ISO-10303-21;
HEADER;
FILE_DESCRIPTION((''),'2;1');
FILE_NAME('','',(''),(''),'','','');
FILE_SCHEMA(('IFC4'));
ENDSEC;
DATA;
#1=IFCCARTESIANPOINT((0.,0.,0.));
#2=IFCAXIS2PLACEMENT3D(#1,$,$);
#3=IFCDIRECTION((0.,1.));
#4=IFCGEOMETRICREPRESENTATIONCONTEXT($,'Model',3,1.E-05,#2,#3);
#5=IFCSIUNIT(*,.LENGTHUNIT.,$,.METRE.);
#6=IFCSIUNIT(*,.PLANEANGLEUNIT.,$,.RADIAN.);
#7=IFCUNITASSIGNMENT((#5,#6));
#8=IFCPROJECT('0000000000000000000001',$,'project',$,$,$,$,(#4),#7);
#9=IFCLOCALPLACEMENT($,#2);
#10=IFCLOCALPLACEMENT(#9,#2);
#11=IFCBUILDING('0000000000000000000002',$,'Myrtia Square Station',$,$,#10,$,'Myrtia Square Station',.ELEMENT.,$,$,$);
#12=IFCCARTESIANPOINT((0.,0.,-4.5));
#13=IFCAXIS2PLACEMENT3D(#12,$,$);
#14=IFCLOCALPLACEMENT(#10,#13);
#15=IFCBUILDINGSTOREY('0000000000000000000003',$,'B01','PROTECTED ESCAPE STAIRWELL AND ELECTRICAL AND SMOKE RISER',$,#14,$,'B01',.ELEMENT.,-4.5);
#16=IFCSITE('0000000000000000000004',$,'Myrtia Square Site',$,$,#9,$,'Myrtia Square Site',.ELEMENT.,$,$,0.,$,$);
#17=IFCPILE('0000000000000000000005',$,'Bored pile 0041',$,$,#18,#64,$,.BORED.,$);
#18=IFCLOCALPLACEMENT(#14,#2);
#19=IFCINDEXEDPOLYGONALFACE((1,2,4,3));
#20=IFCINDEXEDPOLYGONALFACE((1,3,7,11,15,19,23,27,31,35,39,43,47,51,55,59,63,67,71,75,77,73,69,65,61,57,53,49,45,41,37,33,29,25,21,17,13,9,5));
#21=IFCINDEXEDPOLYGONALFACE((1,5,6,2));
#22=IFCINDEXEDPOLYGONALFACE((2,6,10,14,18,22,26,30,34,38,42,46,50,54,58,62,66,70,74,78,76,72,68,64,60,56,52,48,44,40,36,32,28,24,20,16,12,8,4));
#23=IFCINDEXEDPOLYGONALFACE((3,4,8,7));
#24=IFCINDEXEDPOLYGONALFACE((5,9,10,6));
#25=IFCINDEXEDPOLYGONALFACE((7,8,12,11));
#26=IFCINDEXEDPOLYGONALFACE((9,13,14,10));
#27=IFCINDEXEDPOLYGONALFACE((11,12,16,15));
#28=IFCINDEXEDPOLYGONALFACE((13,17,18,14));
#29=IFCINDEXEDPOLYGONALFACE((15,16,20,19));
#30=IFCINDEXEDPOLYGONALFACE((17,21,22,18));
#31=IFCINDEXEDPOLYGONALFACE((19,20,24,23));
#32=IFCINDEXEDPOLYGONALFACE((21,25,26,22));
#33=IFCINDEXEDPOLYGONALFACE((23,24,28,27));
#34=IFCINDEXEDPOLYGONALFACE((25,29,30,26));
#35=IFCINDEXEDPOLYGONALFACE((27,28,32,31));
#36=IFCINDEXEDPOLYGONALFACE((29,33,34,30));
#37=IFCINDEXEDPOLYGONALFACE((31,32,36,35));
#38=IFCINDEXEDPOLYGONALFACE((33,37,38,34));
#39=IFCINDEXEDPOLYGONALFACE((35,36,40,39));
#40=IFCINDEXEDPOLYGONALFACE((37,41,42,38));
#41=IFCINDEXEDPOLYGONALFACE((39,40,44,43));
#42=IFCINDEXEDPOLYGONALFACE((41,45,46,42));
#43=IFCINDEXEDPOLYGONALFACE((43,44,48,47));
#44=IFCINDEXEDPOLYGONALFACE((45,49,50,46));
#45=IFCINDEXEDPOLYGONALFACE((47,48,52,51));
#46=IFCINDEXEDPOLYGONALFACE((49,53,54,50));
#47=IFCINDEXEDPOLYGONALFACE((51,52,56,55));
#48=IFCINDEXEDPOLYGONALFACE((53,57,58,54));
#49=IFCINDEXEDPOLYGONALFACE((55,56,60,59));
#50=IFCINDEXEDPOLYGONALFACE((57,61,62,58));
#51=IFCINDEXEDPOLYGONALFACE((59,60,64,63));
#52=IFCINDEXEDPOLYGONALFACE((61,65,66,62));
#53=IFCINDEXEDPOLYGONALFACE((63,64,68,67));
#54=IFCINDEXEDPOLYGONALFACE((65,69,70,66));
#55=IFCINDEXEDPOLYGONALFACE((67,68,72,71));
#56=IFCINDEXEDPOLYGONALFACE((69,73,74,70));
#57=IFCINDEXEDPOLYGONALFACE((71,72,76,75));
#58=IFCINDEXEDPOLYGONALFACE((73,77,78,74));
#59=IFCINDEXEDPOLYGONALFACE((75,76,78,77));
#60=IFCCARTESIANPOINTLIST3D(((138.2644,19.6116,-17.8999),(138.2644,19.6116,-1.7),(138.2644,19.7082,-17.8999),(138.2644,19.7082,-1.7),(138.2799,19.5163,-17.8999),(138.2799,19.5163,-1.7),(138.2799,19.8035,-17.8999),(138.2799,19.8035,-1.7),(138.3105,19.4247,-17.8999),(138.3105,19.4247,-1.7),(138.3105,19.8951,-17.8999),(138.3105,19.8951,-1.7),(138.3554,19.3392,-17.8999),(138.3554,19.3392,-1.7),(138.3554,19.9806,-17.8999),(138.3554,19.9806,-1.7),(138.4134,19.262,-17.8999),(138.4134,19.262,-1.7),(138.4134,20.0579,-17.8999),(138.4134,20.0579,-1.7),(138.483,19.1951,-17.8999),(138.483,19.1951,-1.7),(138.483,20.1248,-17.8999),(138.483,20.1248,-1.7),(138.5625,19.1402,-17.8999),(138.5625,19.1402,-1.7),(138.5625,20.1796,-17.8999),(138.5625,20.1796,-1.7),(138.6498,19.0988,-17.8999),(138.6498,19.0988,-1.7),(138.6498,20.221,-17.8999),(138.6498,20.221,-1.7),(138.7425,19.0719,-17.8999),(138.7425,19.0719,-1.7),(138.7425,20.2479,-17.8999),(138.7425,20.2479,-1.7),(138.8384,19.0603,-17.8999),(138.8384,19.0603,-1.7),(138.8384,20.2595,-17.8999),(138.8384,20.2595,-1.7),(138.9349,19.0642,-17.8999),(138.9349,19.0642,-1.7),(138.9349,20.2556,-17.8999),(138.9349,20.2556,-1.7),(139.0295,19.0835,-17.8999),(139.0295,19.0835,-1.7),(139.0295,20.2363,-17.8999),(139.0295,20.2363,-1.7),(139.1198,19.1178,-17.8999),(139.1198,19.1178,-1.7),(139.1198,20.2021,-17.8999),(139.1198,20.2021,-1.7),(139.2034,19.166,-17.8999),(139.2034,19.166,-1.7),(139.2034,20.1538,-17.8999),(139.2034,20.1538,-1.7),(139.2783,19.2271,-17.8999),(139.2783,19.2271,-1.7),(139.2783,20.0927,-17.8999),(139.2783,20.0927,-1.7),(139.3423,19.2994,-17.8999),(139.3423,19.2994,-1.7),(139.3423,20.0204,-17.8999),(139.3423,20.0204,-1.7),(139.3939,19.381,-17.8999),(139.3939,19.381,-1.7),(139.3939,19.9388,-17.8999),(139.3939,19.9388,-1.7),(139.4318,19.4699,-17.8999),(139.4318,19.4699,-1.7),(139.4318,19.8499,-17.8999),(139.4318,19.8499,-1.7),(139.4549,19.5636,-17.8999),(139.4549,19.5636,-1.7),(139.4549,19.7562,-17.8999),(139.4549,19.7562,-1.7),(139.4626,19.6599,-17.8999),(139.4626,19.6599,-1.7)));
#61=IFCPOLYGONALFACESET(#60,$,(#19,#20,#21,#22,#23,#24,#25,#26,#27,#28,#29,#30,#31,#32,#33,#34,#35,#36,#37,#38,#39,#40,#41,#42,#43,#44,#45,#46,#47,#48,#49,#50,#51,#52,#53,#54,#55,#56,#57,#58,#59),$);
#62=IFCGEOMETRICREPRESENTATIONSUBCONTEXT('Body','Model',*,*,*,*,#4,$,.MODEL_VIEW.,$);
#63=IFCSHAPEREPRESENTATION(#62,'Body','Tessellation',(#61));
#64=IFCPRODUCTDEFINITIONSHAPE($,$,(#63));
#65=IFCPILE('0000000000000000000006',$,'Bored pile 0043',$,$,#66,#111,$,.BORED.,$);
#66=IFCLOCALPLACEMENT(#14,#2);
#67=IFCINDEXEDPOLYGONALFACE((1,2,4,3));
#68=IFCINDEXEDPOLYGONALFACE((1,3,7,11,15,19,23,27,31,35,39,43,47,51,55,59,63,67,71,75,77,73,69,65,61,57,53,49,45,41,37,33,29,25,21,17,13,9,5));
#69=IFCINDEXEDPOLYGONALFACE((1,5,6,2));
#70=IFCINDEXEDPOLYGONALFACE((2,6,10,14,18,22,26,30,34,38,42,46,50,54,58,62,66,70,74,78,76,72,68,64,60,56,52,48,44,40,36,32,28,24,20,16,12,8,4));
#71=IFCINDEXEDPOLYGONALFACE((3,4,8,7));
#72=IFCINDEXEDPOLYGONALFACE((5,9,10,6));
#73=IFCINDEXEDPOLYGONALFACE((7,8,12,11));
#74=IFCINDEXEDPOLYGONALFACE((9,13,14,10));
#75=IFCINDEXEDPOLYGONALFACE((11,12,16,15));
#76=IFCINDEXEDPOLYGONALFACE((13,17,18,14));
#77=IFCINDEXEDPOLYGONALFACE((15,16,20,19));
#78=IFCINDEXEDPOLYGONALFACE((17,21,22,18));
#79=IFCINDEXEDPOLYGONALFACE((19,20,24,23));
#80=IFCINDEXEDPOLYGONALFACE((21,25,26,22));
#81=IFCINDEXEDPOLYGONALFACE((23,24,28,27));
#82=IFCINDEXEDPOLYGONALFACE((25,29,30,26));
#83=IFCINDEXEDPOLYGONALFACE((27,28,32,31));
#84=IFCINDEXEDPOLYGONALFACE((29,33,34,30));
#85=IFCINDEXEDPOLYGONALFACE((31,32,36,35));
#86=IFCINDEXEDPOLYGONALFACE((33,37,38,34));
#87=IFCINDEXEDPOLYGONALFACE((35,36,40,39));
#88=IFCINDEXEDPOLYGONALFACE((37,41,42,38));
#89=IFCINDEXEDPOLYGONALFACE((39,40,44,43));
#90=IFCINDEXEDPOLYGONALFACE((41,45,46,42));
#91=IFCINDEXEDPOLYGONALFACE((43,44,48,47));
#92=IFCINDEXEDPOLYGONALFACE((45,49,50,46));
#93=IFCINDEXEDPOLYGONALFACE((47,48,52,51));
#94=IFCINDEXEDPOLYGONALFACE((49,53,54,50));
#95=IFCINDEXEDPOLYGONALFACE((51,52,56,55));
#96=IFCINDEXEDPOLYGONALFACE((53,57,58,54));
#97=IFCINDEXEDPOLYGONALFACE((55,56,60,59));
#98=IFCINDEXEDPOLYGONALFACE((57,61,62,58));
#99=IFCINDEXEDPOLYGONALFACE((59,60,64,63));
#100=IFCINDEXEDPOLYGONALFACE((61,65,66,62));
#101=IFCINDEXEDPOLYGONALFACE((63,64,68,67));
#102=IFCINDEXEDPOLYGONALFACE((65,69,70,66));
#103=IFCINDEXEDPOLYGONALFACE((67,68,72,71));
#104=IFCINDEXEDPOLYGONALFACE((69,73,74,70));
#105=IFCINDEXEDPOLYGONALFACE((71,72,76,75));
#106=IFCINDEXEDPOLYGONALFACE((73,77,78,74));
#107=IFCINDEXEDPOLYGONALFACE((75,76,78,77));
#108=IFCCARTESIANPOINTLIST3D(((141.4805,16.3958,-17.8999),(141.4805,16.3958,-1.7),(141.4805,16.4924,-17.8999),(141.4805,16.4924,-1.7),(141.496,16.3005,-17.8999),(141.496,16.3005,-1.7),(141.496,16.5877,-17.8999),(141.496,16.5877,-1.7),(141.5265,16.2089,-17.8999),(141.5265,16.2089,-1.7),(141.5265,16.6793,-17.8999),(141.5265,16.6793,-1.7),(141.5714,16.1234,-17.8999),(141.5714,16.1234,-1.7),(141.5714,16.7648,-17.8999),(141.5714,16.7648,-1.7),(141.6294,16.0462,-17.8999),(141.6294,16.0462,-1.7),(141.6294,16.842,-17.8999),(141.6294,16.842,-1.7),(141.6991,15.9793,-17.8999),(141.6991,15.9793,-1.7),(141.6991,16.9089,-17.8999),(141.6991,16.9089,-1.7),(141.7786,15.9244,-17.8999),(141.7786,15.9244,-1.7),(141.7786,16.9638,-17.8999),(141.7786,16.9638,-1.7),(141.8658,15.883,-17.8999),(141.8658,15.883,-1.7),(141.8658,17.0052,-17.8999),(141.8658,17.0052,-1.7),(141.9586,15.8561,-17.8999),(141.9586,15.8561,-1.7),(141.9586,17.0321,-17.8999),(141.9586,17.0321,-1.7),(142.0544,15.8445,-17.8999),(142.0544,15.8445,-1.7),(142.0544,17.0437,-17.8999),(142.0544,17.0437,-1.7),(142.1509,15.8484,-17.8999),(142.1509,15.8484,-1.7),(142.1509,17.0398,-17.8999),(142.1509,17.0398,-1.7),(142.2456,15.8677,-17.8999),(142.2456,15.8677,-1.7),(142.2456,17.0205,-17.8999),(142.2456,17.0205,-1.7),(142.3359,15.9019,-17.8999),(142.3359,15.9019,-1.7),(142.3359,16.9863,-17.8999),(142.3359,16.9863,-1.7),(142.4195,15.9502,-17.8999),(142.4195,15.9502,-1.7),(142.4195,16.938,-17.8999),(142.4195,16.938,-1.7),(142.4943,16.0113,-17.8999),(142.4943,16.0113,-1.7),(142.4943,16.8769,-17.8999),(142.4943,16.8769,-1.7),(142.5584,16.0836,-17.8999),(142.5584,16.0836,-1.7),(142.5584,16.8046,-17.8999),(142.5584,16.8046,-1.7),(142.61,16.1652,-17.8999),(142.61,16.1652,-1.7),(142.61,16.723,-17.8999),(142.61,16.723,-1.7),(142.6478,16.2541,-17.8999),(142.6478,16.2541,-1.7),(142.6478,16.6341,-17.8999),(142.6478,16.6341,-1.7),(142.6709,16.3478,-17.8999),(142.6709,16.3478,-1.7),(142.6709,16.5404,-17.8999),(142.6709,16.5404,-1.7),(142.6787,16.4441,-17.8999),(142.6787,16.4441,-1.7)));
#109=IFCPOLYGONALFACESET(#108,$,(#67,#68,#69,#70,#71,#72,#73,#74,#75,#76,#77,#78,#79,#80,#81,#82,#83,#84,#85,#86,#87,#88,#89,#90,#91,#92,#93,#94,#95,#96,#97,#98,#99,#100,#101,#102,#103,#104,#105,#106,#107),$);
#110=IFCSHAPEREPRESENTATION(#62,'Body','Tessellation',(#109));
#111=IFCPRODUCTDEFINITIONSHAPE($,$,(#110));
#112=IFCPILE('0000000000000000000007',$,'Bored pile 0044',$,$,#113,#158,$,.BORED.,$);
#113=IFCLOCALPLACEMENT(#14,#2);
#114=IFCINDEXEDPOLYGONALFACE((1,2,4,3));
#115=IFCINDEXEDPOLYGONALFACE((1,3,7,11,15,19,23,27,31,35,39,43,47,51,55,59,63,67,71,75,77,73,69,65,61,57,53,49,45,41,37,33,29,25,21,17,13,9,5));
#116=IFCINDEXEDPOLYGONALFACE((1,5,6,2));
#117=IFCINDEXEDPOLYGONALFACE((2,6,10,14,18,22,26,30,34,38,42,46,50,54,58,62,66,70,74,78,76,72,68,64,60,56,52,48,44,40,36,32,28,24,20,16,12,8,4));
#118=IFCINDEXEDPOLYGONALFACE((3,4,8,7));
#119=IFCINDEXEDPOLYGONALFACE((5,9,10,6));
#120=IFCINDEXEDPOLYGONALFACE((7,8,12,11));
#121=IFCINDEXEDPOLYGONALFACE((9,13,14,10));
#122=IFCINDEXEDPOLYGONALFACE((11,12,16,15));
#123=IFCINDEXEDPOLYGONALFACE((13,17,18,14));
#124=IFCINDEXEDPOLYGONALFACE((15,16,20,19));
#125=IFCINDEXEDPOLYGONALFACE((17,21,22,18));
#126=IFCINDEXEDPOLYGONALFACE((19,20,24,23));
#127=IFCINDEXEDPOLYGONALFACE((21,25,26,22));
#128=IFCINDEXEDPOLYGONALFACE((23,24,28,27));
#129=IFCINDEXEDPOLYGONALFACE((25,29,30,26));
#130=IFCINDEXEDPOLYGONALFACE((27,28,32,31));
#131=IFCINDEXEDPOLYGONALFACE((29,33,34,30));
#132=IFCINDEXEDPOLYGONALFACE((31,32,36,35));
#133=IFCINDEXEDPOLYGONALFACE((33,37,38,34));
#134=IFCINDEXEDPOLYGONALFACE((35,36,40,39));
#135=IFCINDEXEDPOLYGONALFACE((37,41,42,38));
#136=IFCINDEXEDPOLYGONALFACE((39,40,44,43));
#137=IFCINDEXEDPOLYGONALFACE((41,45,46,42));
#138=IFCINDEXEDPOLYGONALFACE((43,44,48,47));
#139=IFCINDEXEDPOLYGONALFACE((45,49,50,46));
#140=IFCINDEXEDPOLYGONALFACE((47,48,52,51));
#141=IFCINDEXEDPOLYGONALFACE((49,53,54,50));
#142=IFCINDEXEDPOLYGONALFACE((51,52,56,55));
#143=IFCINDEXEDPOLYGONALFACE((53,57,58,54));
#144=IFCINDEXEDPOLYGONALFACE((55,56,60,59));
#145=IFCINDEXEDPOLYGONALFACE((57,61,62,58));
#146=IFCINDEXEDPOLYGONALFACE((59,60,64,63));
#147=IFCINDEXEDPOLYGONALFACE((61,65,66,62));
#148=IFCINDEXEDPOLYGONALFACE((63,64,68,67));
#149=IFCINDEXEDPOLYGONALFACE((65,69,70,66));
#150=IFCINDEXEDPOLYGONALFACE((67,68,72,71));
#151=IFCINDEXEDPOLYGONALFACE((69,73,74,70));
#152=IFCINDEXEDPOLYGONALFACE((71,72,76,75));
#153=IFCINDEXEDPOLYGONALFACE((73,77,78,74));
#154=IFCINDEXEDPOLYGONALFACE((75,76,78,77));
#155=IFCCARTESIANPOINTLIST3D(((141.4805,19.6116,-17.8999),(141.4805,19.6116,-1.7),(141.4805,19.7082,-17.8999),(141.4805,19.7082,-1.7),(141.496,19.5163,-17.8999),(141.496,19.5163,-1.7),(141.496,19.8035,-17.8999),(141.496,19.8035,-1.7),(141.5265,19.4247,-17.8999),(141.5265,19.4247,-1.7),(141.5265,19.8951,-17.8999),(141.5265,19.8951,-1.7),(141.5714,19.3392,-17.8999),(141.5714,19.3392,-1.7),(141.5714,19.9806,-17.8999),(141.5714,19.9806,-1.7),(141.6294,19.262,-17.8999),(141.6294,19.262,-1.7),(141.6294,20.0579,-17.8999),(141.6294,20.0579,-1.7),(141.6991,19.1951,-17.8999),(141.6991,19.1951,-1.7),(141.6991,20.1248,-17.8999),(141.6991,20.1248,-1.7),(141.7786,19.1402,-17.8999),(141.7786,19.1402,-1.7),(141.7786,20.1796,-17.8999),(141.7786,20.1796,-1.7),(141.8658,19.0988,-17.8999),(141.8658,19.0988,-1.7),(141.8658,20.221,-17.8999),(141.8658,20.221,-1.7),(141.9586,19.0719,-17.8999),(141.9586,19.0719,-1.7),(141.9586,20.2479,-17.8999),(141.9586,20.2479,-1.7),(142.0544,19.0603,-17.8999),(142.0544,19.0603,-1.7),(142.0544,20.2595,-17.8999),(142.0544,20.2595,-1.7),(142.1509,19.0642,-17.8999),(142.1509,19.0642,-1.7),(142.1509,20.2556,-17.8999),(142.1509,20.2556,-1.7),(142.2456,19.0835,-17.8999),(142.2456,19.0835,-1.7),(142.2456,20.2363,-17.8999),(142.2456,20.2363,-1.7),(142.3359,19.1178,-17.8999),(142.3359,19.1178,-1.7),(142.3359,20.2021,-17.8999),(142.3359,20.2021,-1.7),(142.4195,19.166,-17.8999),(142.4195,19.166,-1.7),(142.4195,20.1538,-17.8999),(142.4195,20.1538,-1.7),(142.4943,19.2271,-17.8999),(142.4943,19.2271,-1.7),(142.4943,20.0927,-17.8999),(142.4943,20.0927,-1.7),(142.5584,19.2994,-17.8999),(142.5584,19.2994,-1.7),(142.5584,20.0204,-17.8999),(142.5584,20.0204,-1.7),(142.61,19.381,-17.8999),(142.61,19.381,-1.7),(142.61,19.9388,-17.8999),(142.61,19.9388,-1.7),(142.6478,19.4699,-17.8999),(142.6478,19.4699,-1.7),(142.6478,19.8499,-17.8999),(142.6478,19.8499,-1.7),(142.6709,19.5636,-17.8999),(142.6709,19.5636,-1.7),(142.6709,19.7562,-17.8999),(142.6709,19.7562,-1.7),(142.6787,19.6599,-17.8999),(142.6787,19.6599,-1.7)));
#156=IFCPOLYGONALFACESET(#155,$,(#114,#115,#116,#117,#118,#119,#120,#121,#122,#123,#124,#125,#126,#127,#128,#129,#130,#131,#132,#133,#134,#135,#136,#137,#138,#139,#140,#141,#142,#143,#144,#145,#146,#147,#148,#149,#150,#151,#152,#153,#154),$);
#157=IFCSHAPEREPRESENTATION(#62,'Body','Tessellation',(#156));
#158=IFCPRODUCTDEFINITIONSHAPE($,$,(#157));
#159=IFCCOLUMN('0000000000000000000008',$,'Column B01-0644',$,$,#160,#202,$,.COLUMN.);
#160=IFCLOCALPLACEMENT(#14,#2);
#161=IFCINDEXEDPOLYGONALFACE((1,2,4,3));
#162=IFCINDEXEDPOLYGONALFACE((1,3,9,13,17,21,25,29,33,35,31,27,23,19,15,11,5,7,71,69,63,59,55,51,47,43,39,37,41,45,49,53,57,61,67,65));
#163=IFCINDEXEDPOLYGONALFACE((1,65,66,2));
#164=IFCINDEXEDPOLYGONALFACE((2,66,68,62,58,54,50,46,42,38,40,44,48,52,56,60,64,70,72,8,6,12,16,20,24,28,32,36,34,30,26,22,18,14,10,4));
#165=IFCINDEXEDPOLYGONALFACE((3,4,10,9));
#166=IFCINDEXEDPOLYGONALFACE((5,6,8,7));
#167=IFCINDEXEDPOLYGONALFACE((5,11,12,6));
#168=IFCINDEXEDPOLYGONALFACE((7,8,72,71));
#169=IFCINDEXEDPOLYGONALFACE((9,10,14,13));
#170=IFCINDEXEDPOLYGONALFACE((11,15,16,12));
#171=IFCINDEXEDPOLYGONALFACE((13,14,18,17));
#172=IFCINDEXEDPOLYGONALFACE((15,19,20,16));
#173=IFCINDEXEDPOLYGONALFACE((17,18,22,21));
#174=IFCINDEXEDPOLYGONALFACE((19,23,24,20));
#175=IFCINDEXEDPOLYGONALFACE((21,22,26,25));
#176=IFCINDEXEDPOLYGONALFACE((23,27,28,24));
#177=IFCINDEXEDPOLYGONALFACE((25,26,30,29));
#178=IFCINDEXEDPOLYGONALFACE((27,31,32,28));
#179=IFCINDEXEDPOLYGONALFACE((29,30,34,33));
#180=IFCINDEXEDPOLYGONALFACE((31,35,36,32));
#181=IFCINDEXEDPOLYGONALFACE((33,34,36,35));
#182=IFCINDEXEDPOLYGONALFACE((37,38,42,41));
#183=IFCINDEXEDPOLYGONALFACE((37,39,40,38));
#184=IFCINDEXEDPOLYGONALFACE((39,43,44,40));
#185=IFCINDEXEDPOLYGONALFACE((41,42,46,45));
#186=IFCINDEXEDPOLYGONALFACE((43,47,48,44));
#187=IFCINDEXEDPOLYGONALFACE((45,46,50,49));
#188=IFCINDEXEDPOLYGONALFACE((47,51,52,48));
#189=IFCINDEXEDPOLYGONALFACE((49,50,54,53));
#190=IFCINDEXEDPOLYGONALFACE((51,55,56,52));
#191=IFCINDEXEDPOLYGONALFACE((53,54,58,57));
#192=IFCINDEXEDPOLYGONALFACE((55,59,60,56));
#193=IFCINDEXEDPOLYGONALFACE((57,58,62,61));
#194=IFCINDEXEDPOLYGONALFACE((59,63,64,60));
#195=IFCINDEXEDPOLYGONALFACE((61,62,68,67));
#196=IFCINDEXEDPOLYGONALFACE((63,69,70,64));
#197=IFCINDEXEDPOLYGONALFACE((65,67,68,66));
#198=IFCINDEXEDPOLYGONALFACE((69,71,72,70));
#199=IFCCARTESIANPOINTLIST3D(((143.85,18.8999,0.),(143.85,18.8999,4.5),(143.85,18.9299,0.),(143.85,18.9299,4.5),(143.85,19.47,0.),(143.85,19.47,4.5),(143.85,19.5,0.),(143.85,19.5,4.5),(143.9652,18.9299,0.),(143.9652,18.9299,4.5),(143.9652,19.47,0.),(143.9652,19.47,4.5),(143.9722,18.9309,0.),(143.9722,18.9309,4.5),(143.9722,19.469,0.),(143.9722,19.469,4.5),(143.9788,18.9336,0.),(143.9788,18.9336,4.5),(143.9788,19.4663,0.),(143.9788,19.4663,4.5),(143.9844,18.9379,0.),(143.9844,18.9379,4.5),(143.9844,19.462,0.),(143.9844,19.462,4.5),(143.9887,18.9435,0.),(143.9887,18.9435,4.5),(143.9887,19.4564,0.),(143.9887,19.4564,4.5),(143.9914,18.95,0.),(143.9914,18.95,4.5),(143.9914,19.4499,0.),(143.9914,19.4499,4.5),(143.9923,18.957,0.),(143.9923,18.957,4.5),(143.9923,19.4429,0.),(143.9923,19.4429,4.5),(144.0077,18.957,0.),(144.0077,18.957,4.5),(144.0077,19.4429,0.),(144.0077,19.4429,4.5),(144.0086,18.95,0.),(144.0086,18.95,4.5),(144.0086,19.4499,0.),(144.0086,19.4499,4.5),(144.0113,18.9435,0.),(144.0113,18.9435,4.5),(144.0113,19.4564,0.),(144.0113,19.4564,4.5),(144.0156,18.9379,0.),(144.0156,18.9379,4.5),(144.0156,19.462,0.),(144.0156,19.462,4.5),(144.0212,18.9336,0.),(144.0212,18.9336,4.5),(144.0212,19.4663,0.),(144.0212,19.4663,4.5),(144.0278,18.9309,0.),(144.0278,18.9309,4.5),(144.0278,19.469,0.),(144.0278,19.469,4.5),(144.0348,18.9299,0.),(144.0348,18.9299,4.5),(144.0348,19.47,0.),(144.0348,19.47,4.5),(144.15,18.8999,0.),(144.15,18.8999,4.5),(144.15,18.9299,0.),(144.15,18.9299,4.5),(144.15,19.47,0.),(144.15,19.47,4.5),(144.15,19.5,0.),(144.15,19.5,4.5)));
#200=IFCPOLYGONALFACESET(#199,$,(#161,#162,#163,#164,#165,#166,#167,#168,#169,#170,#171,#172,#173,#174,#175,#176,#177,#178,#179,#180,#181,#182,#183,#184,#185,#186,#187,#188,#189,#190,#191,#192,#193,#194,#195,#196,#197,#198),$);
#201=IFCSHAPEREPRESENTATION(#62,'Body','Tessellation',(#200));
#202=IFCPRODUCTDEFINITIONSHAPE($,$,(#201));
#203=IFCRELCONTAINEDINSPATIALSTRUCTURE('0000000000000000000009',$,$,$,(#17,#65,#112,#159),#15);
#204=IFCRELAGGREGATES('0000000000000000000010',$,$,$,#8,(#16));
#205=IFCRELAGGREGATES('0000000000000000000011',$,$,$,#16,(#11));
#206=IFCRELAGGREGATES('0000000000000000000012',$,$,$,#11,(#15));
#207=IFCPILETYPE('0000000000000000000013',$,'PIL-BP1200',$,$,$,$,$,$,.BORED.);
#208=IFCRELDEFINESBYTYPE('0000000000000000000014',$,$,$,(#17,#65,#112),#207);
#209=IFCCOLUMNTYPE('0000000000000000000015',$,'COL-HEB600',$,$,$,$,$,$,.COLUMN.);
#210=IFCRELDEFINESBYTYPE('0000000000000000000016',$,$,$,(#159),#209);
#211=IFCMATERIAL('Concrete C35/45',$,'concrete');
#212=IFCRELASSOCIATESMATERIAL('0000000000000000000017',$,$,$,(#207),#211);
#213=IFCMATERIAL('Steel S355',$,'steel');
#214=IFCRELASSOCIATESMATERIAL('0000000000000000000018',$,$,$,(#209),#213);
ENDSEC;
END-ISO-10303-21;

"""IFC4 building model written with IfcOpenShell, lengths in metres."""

from ifc_helpers import new_model, si_unit, direction, frame, origin, origin_2d, place, context, subcontext, project, spatial, circle, i_section, extrude, material, material_profile, profile_set, type_object, element, save


model = new_model("IFC4")

# Units and contexts
model_context = context("Model", 3, precision=1e-05, world=origin(), true_north=direction((0.0, 1.0)))
body_context = subcontext(model_context, "Body", "Model", "MODEL_VIEW")
ifc_project = project(units=[si_unit("LENGTHUNIT", "METRE"), si_unit("PLANEANGLEUNIT", "RADIAN")], contexts=[model_context])

# Site, building, storey
site_placement = place(None, origin())
site = spatial("IfcSite", under=ifc_project, at=site_placement, Name="Myrtia Square Site", LongName="Myrtia Square Site", CompositionType="ELEMENT", RefElevation=0.0)
building_placement = place(site_placement, origin())
building = spatial("IfcBuilding", under=site, at=building_placement, Name="Myrtia Square Station", LongName="Myrtia Square Station", CompositionType="ELEMENT")
storey_placement = place(building_placement, frame((0.0, 0.0, -4.5)))
storey = spatial("IfcBuildingStorey", under=building, at=storey_placement, Name="B01", Description="PROTECTED ESCAPE STAIRWELL AND ELECTRICAL AND SMOKE RISER", LongName="B01", CompositionType="ELEMENT", Elevation=-4.5)

# Piles
ifc_material_1 = material(Name="Concrete C35/45", Category="concrete")
ifc_material_profile_1 = material_profile(ifc_material_1, circle(Radius=0.6001, at=origin_2d()), Name="BP D1200")
ifc_profile_set_1 = profile_set([ifc_material_profile_1], Name="Concrete C35/45")
pile_type = type_object("IfcPileType", Name="PIL-BP1200", PredefinedType="BORED", material=ifc_profile_set_1)
for number, where, z_axis, x_axis, name in (
    (1, (138.8625, 19.6599, -1.7), (0.0, 0.0, -1.0), (1.0, 0.0, 0.0), "Bored pile 0041"),
    (2, (142.0786, 16.4441, -1.7), (0.0, 0.0, -1.0), (1.0, 0.0, 0.0), "Bored pile 0043"),
    (3, (142.0786, 19.6599, -1.7), (0.0, 0.0, -1.0), (1.0, 0.0, 0.0), "Bored pile 0044"),
):
    element("IfcPile", number, at=place(storey_placement, frame(where, z_axis=z_axis, x_axis=x_axis)), inside=storey, type_object=pile_type, Name=name, PredefinedType="BORED", context=body_context, shape_type="SweptSolid", body=[
        extrude(circle(Radius=0.6001, at=origin_2d()), origin(), (0.0, 0.0, 1.0), 16.2),
    ])

# Column
ifc_material_2 = material(Name="Steel S355", Category="steel")
ifc_material_profile_2 = material_profile(ifc_material_2, i_section(OverallWidth=0.3, OverallDepth=0.6001, WebThickness=0.0154, FlangeThickness=0.03, FilletRadius=0.0271, at=origin_2d()), Name="HEB 600")
ifc_profile_set_2 = profile_set([ifc_material_profile_2], Name="Steel S355")
column_type = type_object("IfcColumnType", Name="COL-HEB600", PredefinedType="COLUMN", material=ifc_profile_set_2)
column_placement = place(storey_placement, frame((144.0, 19.2, 0.0), z_axis=(0.0, 0.0, 1.0), x_axis=(1.0, 0.0, 0.0)))
element("IfcColumn", 4, at=column_placement, inside=storey, type_object=column_type, Name="Column B01-0644", PredefinedType="COLUMN", context=body_context, shape_type="SweptSolid", body=[
    extrude(i_section(OverallWidth=0.3, OverallDepth=0.6001, WebThickness=0.0154, FlangeThickness=0.03, FilletRadius=0.0271, at=origin_2d()), origin(), (0.0, 0.0, 1.0), 4.5),
])

save(model, "model.ifc")
